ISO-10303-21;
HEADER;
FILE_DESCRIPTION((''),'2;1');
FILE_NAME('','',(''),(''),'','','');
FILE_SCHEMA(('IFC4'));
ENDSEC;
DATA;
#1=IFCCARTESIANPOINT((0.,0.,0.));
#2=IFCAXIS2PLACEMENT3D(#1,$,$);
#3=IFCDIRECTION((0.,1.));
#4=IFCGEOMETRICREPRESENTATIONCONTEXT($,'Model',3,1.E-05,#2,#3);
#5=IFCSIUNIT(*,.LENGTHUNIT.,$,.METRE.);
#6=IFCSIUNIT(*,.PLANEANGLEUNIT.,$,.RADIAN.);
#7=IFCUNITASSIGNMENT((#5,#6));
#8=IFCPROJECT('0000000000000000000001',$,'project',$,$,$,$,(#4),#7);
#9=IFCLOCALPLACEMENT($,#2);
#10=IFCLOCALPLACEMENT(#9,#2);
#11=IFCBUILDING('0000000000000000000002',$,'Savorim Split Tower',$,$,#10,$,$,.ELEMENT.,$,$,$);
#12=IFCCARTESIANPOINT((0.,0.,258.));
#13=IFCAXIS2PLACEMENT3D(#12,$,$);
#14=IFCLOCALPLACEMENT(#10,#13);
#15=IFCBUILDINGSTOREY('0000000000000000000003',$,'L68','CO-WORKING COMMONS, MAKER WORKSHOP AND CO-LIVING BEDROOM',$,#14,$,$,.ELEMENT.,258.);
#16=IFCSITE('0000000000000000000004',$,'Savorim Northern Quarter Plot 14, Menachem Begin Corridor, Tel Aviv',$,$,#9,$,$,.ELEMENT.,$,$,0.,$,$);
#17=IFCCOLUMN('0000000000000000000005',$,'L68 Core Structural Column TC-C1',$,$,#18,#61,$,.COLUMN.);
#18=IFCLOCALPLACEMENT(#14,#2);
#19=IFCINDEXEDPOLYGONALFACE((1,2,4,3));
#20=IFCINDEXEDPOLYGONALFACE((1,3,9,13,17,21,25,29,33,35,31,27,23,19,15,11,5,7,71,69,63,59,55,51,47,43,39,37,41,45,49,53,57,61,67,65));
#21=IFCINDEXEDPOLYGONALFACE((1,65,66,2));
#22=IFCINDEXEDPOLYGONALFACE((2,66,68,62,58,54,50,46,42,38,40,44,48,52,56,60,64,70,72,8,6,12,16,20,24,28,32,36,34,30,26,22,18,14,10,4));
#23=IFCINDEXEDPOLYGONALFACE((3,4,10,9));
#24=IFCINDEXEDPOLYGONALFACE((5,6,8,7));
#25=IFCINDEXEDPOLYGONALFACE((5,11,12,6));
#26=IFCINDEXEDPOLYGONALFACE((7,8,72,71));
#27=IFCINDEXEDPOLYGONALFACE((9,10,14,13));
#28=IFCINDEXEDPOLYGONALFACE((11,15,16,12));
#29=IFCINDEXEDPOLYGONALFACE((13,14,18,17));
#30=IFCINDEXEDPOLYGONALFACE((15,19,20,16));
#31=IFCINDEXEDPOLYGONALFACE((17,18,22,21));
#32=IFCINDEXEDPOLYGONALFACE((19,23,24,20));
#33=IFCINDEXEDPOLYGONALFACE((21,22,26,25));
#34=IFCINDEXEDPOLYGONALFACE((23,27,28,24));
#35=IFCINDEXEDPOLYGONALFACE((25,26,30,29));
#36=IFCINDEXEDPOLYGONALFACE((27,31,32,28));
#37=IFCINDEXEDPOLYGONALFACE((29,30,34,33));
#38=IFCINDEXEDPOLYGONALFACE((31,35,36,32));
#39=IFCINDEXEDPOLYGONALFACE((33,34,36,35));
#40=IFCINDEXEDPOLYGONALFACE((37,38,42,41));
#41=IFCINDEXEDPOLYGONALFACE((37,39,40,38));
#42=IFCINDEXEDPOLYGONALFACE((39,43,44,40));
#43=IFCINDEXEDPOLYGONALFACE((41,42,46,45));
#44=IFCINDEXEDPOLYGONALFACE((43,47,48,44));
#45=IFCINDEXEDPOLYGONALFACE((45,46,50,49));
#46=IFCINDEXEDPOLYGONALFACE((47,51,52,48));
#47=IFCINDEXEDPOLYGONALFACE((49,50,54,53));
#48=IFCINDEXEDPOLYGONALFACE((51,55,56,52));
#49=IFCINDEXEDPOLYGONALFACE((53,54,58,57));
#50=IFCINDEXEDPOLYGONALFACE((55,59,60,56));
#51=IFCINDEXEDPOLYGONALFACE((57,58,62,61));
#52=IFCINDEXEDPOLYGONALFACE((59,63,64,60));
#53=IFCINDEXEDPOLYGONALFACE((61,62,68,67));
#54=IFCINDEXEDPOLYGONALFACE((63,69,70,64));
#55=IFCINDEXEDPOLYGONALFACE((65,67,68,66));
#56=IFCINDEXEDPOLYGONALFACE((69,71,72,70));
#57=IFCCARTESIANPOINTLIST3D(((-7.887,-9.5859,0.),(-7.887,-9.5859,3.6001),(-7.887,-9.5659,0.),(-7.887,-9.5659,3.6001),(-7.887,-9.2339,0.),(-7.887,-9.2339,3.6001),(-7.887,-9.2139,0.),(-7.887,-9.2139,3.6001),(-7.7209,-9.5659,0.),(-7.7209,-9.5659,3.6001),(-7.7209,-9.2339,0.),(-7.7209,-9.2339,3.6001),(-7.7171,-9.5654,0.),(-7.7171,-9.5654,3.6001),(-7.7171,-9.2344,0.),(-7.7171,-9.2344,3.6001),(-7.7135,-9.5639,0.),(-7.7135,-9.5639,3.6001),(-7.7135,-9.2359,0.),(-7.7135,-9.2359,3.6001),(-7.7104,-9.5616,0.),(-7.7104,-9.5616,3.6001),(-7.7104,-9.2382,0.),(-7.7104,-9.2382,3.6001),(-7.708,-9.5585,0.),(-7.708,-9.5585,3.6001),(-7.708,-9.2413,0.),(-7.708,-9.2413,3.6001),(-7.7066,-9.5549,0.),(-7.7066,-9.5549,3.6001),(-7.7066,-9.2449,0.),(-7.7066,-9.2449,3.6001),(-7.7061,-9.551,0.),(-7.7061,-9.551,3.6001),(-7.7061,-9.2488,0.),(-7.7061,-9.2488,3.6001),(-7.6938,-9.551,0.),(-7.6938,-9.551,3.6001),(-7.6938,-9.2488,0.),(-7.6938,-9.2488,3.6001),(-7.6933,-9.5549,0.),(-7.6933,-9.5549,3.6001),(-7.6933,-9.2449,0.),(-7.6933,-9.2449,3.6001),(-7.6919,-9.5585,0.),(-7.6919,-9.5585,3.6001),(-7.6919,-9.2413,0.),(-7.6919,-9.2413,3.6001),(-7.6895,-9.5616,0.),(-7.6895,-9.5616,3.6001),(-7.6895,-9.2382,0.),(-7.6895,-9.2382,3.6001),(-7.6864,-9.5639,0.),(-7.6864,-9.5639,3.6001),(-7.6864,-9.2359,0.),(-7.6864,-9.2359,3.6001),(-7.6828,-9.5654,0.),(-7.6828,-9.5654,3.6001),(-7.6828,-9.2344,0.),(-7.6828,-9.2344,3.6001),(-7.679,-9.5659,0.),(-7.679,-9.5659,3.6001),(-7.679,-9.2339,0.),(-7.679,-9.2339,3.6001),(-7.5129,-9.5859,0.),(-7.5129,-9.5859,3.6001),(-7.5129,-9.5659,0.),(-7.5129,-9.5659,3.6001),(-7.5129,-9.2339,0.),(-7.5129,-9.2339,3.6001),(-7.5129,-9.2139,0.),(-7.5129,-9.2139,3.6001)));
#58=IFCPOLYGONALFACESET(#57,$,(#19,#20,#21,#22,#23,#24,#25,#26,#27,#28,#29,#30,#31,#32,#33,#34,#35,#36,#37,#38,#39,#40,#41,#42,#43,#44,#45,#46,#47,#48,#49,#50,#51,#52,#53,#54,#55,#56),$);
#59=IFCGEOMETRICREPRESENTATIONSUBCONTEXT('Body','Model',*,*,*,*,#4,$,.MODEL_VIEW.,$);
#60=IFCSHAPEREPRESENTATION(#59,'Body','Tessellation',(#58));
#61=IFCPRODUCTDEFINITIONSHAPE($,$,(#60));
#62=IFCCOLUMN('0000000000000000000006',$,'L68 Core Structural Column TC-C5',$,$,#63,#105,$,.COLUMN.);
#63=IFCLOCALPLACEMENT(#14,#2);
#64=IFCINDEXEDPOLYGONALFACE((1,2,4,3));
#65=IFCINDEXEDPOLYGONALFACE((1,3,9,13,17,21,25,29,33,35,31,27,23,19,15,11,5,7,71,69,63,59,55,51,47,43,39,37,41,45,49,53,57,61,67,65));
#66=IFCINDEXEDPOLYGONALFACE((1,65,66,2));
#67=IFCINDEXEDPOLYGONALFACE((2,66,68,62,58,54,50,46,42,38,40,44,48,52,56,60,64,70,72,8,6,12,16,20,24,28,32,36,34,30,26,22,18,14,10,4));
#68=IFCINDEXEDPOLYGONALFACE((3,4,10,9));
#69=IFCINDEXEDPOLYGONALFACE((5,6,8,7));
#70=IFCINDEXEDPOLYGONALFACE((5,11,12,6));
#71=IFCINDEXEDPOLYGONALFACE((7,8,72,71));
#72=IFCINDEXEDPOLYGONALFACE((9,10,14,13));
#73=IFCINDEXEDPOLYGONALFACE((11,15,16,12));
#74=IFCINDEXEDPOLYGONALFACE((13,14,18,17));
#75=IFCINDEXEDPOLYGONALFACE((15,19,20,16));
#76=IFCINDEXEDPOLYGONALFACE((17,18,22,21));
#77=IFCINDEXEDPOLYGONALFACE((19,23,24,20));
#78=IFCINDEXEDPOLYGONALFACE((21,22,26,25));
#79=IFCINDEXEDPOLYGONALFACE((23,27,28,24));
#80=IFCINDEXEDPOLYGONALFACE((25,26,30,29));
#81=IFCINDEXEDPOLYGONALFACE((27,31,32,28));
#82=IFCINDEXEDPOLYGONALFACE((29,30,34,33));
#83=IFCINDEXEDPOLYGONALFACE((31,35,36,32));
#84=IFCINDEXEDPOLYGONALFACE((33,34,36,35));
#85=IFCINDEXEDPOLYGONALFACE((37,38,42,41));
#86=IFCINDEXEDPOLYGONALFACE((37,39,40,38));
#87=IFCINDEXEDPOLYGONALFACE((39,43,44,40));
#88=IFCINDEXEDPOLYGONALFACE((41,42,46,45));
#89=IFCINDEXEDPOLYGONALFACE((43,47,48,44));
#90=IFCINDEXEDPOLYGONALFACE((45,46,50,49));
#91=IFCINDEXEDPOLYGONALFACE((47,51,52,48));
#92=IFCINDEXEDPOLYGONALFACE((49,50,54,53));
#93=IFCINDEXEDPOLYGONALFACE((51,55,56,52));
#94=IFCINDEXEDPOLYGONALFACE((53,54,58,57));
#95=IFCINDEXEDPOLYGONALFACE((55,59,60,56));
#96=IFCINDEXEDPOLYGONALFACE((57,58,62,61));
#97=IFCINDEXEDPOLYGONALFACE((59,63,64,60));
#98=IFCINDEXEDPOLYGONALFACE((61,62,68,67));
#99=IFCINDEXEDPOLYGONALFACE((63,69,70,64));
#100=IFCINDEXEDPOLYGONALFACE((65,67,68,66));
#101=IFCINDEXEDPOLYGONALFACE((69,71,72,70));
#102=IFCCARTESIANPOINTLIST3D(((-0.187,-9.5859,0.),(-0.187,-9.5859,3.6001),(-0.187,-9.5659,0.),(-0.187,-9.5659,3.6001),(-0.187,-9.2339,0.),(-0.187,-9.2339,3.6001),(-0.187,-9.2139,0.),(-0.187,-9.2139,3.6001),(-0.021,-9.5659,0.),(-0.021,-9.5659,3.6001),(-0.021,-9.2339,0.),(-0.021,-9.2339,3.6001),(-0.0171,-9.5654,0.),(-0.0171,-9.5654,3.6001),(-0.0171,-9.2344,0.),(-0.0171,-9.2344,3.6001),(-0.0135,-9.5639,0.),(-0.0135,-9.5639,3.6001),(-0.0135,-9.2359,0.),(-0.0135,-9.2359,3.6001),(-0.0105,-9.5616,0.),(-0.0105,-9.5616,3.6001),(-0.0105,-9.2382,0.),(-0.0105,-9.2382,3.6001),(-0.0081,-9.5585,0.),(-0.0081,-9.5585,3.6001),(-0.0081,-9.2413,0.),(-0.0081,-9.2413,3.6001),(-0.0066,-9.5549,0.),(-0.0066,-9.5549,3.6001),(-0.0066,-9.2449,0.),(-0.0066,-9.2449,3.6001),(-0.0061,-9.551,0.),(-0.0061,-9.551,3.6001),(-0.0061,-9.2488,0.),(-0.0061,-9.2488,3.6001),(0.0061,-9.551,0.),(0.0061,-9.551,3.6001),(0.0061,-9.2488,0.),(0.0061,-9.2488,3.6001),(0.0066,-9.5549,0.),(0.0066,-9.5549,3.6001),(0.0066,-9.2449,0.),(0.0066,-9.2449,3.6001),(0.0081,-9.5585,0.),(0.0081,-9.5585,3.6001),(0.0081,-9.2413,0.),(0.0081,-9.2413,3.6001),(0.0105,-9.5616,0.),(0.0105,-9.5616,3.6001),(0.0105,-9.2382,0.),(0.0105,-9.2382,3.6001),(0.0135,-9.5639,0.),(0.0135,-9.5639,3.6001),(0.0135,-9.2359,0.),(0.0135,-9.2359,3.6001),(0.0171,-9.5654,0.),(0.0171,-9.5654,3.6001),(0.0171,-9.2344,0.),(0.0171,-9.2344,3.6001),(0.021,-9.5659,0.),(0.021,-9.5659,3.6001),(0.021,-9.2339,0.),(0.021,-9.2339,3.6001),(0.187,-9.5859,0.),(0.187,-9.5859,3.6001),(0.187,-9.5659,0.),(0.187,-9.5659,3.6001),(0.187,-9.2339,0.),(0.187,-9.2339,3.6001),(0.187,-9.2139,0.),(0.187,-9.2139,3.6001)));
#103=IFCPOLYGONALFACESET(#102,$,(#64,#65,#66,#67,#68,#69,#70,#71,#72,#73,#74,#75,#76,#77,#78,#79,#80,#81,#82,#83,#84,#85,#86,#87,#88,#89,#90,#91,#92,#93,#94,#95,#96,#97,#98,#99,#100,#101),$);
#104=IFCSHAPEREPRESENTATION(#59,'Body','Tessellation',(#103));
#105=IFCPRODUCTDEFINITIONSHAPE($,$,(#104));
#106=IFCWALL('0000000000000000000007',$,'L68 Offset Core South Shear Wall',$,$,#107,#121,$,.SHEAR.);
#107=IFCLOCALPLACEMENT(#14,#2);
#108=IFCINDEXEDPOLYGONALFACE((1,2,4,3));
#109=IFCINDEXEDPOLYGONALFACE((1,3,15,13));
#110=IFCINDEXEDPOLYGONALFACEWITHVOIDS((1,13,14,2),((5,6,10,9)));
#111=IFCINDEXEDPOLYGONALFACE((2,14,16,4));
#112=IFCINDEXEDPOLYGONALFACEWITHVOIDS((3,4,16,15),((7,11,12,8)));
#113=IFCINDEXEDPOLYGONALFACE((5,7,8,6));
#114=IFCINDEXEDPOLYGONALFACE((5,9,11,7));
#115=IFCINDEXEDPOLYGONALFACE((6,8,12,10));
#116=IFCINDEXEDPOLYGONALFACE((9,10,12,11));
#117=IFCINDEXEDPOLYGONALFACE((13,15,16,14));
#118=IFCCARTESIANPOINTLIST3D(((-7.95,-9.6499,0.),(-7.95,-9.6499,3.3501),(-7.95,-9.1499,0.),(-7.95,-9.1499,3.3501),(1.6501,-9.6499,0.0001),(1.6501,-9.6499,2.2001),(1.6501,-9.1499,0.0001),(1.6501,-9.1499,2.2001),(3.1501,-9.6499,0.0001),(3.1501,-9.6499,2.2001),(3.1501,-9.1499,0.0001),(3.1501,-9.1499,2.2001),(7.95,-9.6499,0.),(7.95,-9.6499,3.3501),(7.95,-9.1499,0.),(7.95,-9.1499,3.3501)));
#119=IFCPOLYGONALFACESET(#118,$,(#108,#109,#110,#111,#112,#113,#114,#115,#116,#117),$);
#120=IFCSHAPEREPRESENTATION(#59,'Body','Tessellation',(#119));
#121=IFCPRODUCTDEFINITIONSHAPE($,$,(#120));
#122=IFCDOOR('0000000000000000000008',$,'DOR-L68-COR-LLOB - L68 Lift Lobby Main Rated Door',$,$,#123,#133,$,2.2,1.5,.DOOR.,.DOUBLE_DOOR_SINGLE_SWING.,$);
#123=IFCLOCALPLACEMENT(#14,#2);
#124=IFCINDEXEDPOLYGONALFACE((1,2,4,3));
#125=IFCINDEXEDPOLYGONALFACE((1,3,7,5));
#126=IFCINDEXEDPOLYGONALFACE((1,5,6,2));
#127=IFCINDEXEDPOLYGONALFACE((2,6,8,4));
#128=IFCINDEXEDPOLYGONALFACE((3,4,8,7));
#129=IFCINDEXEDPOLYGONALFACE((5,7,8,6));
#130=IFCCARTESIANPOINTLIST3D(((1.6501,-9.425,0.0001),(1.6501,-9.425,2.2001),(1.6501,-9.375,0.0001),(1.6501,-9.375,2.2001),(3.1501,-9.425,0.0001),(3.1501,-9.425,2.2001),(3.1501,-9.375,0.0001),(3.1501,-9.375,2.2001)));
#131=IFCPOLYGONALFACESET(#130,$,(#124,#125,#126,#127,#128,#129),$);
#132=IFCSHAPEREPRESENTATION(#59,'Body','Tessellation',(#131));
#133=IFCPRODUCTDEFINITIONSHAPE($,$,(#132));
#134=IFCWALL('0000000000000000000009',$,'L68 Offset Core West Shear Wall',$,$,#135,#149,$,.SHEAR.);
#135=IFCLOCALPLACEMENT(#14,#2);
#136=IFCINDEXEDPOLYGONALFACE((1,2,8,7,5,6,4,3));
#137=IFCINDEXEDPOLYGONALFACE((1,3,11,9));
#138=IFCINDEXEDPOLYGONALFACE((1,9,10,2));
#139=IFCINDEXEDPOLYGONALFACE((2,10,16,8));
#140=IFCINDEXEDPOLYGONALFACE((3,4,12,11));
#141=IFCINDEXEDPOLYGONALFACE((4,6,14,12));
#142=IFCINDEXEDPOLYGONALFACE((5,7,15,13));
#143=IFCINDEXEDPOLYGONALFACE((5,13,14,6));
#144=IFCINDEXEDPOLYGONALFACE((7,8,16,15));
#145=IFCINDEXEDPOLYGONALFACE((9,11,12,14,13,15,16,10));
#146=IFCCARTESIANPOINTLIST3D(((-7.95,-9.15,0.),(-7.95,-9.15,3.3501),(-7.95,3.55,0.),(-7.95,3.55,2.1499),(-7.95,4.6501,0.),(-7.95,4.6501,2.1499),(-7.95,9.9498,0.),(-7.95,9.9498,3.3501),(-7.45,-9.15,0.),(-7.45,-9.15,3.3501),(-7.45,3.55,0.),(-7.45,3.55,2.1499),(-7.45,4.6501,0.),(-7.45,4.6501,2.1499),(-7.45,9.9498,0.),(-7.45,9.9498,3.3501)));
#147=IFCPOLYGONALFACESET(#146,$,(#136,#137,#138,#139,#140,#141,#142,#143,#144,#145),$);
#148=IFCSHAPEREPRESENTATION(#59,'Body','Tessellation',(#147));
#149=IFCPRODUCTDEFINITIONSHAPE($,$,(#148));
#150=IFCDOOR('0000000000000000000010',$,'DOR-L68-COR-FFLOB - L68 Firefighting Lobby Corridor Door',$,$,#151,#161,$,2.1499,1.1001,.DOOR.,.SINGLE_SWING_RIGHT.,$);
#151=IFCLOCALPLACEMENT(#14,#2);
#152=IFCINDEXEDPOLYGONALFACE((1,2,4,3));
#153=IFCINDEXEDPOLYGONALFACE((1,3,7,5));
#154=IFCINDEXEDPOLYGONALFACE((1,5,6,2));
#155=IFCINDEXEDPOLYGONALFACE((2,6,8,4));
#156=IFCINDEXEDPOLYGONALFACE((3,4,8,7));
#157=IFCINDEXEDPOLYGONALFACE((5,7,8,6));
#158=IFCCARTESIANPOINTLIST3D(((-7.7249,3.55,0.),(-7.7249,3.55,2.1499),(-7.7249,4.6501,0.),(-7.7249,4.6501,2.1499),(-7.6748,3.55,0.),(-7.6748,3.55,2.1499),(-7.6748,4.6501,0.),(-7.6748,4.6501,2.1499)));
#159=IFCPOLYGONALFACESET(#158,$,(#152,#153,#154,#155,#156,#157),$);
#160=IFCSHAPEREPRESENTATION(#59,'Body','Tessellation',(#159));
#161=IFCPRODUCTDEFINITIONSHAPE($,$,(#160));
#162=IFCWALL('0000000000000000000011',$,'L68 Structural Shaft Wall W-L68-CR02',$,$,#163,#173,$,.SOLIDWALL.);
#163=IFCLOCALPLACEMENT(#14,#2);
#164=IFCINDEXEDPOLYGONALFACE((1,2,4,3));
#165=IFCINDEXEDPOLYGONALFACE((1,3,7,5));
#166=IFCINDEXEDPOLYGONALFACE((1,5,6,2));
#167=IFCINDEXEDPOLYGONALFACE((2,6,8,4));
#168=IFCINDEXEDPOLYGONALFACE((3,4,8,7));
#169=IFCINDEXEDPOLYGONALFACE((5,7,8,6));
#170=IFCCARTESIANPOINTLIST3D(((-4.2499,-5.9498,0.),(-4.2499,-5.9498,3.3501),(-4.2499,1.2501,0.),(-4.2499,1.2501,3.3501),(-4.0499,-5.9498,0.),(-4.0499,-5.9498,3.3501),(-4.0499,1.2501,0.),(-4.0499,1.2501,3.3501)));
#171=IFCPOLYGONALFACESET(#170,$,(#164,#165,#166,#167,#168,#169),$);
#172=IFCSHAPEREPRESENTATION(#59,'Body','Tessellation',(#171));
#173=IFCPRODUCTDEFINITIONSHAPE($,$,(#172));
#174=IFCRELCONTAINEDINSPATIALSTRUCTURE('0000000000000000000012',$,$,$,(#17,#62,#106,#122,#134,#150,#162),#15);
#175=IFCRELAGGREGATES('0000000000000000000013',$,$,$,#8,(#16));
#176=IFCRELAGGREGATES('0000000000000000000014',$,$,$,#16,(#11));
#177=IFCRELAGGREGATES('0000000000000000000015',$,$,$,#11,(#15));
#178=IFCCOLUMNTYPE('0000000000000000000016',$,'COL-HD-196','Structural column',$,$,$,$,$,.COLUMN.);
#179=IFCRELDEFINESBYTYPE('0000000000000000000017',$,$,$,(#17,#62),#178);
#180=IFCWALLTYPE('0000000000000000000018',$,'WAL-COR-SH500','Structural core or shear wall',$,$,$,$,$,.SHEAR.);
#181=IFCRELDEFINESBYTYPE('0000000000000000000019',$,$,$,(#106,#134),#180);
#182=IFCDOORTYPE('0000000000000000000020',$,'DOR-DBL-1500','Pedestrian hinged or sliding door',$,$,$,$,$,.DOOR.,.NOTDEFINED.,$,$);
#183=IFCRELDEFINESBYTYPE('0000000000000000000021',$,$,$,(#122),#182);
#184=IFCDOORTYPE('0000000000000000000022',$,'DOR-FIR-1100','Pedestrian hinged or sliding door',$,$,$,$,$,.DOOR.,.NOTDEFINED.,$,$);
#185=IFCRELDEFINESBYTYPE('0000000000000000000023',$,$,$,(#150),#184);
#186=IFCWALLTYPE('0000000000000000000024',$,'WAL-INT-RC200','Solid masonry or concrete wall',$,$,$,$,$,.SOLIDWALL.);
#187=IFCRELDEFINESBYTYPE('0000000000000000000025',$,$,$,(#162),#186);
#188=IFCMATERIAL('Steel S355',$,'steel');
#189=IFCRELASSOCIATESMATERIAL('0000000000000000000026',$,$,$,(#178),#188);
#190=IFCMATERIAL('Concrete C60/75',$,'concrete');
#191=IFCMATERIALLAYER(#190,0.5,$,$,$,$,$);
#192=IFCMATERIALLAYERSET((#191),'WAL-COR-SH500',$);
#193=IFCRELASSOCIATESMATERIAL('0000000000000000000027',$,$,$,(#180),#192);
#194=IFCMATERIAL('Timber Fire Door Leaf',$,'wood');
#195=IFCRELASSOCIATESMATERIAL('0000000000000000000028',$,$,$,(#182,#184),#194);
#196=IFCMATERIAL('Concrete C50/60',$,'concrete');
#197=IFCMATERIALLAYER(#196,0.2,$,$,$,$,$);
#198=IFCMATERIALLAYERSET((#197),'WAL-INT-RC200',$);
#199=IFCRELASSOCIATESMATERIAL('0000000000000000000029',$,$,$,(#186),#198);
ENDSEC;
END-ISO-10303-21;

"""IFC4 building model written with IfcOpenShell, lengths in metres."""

from ifc_helpers import new_model, si_unit, direction, frame, frame_2d, origin, origin_2d, place, context, subcontext, project, spatial, rectangle, i_section, extrude, material, layer, layer_set, material_profile, profile_set, type_object, element, fill, save


model = new_model("IFC4")

# Units and contexts
model_context = context("Model", 3, precision=1e-05, world=origin(), true_north=direction((0.0, 1.0)))
body_context = subcontext(model_context, "Body", "Model", "MODEL_VIEW")
ifc_project = project(units=[si_unit("LENGTHUNIT", "METRE"), si_unit("PLANEANGLEUNIT", "RADIAN")], contexts=[model_context])

# Site, building, storey
site_placement = place(None, origin())
site = spatial("IfcSite", under=ifc_project, at=site_placement, Name="Savorim Northern Quarter Plot 14, Menachem Begin Corridor, Tel Aviv", CompositionType="ELEMENT", RefElevation=0.0)
building_placement = place(site_placement, origin())
building = spatial("IfcBuilding", under=site, at=building_placement, Name="Savorim Split Tower", CompositionType="ELEMENT")
storey_placement = place(building_placement, frame((0.0, 0.0, 258.0)))
storey = spatial("IfcBuildingStorey", under=building, at=storey_placement, Name="L68", Description="CO-WORKING COMMONS, MAKER WORKSHOP AND CO-LIVING BEDROOM", CompositionType="ELEMENT", Elevation=258.0)

# Columns
ifc_material_1 = material(Name="Steel S355", Category="steel")
ifc_material_profile = material_profile(ifc_material_1, i_section(OverallWidth=0.374, OverallDepth=0.3721, WebThickness=0.0122, FlangeThickness=0.02, FilletRadius=0.0149, at=origin_2d()), Name="HD 360x196")
ifc_profile_set = profile_set([ifc_material_profile], Name="Steel S355")
column_type = type_object("IfcColumnType", Name="COL-HD-196", Description="Structural column", PredefinedType="COLUMN", material=ifc_profile_set)
for number, where, z_axis, x_axis, name in (
    (1, (-7.7, -9.3999, 0.0), (0.0, 0.0, 1.0), (1.0, 0.0, 0.0), "L68 Core Structural Column TC-C1"),
    (2, (0.0, -9.3999, 0.0), (0.0, 0.0, 1.0), (1.0, 0.0, 0.0), "L68 Core Structural Column TC-C5"),
):
    element("IfcColumn", number, at=place(storey_placement, frame(where, z_axis=z_axis, x_axis=x_axis)), inside=storey, type_object=column_type, Name=name, PredefinedType="COLUMN", context=body_context, shape_type="SweptSolid", body=[
        extrude(i_section(OverallWidth=0.374, OverallDepth=0.3721, WebThickness=0.0122, FlangeThickness=0.02, FilletRadius=0.0149, at=origin_2d()), origin(), (0.0, 0.0, 1.0), 3.6001),
    ])

# Walls, openings, doors
ifc_material_2 = material(Name="Concrete C60/75", Category="concrete")
ifc_layer_1 = layer(ifc_material_2, 0.5)
ifc_layer_set_1 = layer_set([ifc_layer_1], Name="WAL-COR-SH500")
wall_type_1 = type_object("IfcWallType", Name="WAL-COR-SH500", Description="Structural core or shear wall", PredefinedType="SHEAR", material=ifc_layer_set_1)
wall_1_placement = place(storey_placement, frame((-7.95, -9.3999, 0.0), z_axis=(0.0, 0.0, 1.0), x_axis=(1.0, 0.0, 0.0)))
wall_1 = element("IfcWall", 3, at=wall_1_placement, inside=storey, type_object=wall_type_1, Name="L68 Offset Core South Shear Wall", PredefinedType="SHEAR", context=body_context, shape_type="SweptSolid", body=[
    extrude(rectangle(XDim=15.8999, YDim=0.5, at=frame_2d((7.95, 0.0))), origin(), (0.0, 0.0, 1.0), 3.3501),
])
opening_1_placement = place(wall_1_placement, frame((9.6001, 0.0, 0.0)))
opening_1 = element("IfcOpeningElement", 4, at=opening_1_placement, cuts=wall_1, PredefinedType="OPENING", context=body_context, shape_type="SweptSolid", body=[
    extrude(rectangle(XDim=1.5, YDim=2.2, at=frame_2d((0.75, 1.1001))), frame((0.0, 0.26, 0.0), z_axis=(0.0, -1.0, 0.0), x_axis=(1.0, 0.0, 0.0)), (0.0, 0.0, 1.0), 0.52),
])
ifc_material_3 = material(Name="Timber Fire Door Leaf", Category="wood")
door_type_1 = type_object("IfcDoorType", Name="DOR-DBL-1500", Description="Pedestrian hinged or sliding door", OperationType="NOTDEFINED", PredefinedType="DOOR", material=ifc_material_3)
door_1_placement = place(opening_1_placement, origin())
door_1 = element("IfcDoor", 5, at=door_1_placement, inside=storey, type_object=door_type_1, Name="DOR-L68-COR-LLOB - L68 Lift Lobby Main Rated Door", OperationType="DOUBLE_DOOR_SINGLE_SWING", OverallHeight=2.2, OverallWidth=1.5, PredefinedType="DOOR", context=body_context, shape_type="SweptSolid", body=[
    extrude(rectangle(XDim=1.5, YDim=2.2, at=frame_2d((0.75, 1.1001))), frame((0.0, 0.0249, 0.0), z_axis=(0.0, -1.0, 0.0), x_axis=(1.0, 0.0, 0.0)), (0.0, 0.0, 1.0), 0.05),
])
fill(opening_1, door_1)
wall_2_placement = place(storey_placement, frame((-7.7, -9.1499, 0.0), z_axis=(0.0, 0.0, 1.0), x_axis=(0.0, 1.0, 0.0)))
wall_2 = element("IfcWall", 6, at=wall_2_placement, inside=storey, type_object=wall_type_1, Name="L68 Offset Core West Shear Wall", PredefinedType="SHEAR", context=body_context, shape_type="SweptSolid", body=[
    extrude(rectangle(XDim=19.0999, YDim=0.5, at=frame_2d((9.5498, 0.0))), origin(), (0.0, 0.0, 1.0), 3.3501),
])
opening_2_placement = place(wall_2_placement, frame((12.7, 0.0, 0.0)))
opening_2 = element("IfcOpeningElement", 7, at=opening_2_placement, cuts=wall_2, PredefinedType="OPENING", context=body_context, shape_type="SweptSolid", body=[
    extrude(rectangle(XDim=1.1001, YDim=2.1499, at=frame_2d((0.55, 1.075))), frame((0.0, 0.26, 0.0), z_axis=(0.0, -1.0, 0.0), x_axis=(1.0, 0.0, 0.0)), (0.0, 0.0, 1.0), 0.52),
])
door_type_2 = type_object("IfcDoorType", Name="DOR-FIR-1100", Description="Pedestrian hinged or sliding door", OperationType="NOTDEFINED", PredefinedType="DOOR", material=ifc_material_3)
door_2_placement = place(opening_2_placement, origin())
door_2 = element("IfcDoor", 8, at=door_2_placement, inside=storey, type_object=door_type_2, Name="DOR-L68-COR-FFLOB - L68 Firefighting Lobby Corridor Door", OperationType="SINGLE_SWING_RIGHT", OverallHeight=2.1499, OverallWidth=1.1001, PredefinedType="DOOR", context=body_context, shape_type="SweptSolid", body=[
    extrude(rectangle(XDim=1.1001, YDim=2.1499, at=frame_2d((0.55, 1.075))), frame((0.0, 0.0249, 0.0), z_axis=(0.0, -1.0, 0.0), x_axis=(1.0, 0.0, 0.0)), (0.0, 0.0, 1.0), 0.05),
])
fill(opening_2, door_2)

# Wall
ifc_material_4 = material(Name="Concrete C50/60", Category="concrete")
ifc_layer_2 = layer(ifc_material_4, 0.2)
ifc_layer_set_2 = layer_set([ifc_layer_2], Name="WAL-INT-RC200")
wall_type_2 = type_object("IfcWallType", Name="WAL-INT-RC200", Description="Solid masonry or concrete wall", PredefinedType="SOLIDWALL", material=ifc_layer_set_2)
wall_3_placement = place(storey_placement, frame((-4.1499, -5.95, 0.0), z_axis=(0.0, 0.0, 1.0), x_axis=(0.0, 1.0, 0.0)))
element("IfcWall", 9, at=wall_3_placement, inside=storey, type_object=wall_type_2, Name="L68 Structural Shaft Wall W-L68-CR02", PredefinedType="SOLIDWALL", context=body_context, shape_type="SweptSolid", body=[
    extrude(rectangle(XDim=7.2, YDim=0.2, at=frame_2d((3.6001, 0.0))), origin(), (0.0, 0.0, 1.0), 3.3501),
])

save(model, "model.ifc")
